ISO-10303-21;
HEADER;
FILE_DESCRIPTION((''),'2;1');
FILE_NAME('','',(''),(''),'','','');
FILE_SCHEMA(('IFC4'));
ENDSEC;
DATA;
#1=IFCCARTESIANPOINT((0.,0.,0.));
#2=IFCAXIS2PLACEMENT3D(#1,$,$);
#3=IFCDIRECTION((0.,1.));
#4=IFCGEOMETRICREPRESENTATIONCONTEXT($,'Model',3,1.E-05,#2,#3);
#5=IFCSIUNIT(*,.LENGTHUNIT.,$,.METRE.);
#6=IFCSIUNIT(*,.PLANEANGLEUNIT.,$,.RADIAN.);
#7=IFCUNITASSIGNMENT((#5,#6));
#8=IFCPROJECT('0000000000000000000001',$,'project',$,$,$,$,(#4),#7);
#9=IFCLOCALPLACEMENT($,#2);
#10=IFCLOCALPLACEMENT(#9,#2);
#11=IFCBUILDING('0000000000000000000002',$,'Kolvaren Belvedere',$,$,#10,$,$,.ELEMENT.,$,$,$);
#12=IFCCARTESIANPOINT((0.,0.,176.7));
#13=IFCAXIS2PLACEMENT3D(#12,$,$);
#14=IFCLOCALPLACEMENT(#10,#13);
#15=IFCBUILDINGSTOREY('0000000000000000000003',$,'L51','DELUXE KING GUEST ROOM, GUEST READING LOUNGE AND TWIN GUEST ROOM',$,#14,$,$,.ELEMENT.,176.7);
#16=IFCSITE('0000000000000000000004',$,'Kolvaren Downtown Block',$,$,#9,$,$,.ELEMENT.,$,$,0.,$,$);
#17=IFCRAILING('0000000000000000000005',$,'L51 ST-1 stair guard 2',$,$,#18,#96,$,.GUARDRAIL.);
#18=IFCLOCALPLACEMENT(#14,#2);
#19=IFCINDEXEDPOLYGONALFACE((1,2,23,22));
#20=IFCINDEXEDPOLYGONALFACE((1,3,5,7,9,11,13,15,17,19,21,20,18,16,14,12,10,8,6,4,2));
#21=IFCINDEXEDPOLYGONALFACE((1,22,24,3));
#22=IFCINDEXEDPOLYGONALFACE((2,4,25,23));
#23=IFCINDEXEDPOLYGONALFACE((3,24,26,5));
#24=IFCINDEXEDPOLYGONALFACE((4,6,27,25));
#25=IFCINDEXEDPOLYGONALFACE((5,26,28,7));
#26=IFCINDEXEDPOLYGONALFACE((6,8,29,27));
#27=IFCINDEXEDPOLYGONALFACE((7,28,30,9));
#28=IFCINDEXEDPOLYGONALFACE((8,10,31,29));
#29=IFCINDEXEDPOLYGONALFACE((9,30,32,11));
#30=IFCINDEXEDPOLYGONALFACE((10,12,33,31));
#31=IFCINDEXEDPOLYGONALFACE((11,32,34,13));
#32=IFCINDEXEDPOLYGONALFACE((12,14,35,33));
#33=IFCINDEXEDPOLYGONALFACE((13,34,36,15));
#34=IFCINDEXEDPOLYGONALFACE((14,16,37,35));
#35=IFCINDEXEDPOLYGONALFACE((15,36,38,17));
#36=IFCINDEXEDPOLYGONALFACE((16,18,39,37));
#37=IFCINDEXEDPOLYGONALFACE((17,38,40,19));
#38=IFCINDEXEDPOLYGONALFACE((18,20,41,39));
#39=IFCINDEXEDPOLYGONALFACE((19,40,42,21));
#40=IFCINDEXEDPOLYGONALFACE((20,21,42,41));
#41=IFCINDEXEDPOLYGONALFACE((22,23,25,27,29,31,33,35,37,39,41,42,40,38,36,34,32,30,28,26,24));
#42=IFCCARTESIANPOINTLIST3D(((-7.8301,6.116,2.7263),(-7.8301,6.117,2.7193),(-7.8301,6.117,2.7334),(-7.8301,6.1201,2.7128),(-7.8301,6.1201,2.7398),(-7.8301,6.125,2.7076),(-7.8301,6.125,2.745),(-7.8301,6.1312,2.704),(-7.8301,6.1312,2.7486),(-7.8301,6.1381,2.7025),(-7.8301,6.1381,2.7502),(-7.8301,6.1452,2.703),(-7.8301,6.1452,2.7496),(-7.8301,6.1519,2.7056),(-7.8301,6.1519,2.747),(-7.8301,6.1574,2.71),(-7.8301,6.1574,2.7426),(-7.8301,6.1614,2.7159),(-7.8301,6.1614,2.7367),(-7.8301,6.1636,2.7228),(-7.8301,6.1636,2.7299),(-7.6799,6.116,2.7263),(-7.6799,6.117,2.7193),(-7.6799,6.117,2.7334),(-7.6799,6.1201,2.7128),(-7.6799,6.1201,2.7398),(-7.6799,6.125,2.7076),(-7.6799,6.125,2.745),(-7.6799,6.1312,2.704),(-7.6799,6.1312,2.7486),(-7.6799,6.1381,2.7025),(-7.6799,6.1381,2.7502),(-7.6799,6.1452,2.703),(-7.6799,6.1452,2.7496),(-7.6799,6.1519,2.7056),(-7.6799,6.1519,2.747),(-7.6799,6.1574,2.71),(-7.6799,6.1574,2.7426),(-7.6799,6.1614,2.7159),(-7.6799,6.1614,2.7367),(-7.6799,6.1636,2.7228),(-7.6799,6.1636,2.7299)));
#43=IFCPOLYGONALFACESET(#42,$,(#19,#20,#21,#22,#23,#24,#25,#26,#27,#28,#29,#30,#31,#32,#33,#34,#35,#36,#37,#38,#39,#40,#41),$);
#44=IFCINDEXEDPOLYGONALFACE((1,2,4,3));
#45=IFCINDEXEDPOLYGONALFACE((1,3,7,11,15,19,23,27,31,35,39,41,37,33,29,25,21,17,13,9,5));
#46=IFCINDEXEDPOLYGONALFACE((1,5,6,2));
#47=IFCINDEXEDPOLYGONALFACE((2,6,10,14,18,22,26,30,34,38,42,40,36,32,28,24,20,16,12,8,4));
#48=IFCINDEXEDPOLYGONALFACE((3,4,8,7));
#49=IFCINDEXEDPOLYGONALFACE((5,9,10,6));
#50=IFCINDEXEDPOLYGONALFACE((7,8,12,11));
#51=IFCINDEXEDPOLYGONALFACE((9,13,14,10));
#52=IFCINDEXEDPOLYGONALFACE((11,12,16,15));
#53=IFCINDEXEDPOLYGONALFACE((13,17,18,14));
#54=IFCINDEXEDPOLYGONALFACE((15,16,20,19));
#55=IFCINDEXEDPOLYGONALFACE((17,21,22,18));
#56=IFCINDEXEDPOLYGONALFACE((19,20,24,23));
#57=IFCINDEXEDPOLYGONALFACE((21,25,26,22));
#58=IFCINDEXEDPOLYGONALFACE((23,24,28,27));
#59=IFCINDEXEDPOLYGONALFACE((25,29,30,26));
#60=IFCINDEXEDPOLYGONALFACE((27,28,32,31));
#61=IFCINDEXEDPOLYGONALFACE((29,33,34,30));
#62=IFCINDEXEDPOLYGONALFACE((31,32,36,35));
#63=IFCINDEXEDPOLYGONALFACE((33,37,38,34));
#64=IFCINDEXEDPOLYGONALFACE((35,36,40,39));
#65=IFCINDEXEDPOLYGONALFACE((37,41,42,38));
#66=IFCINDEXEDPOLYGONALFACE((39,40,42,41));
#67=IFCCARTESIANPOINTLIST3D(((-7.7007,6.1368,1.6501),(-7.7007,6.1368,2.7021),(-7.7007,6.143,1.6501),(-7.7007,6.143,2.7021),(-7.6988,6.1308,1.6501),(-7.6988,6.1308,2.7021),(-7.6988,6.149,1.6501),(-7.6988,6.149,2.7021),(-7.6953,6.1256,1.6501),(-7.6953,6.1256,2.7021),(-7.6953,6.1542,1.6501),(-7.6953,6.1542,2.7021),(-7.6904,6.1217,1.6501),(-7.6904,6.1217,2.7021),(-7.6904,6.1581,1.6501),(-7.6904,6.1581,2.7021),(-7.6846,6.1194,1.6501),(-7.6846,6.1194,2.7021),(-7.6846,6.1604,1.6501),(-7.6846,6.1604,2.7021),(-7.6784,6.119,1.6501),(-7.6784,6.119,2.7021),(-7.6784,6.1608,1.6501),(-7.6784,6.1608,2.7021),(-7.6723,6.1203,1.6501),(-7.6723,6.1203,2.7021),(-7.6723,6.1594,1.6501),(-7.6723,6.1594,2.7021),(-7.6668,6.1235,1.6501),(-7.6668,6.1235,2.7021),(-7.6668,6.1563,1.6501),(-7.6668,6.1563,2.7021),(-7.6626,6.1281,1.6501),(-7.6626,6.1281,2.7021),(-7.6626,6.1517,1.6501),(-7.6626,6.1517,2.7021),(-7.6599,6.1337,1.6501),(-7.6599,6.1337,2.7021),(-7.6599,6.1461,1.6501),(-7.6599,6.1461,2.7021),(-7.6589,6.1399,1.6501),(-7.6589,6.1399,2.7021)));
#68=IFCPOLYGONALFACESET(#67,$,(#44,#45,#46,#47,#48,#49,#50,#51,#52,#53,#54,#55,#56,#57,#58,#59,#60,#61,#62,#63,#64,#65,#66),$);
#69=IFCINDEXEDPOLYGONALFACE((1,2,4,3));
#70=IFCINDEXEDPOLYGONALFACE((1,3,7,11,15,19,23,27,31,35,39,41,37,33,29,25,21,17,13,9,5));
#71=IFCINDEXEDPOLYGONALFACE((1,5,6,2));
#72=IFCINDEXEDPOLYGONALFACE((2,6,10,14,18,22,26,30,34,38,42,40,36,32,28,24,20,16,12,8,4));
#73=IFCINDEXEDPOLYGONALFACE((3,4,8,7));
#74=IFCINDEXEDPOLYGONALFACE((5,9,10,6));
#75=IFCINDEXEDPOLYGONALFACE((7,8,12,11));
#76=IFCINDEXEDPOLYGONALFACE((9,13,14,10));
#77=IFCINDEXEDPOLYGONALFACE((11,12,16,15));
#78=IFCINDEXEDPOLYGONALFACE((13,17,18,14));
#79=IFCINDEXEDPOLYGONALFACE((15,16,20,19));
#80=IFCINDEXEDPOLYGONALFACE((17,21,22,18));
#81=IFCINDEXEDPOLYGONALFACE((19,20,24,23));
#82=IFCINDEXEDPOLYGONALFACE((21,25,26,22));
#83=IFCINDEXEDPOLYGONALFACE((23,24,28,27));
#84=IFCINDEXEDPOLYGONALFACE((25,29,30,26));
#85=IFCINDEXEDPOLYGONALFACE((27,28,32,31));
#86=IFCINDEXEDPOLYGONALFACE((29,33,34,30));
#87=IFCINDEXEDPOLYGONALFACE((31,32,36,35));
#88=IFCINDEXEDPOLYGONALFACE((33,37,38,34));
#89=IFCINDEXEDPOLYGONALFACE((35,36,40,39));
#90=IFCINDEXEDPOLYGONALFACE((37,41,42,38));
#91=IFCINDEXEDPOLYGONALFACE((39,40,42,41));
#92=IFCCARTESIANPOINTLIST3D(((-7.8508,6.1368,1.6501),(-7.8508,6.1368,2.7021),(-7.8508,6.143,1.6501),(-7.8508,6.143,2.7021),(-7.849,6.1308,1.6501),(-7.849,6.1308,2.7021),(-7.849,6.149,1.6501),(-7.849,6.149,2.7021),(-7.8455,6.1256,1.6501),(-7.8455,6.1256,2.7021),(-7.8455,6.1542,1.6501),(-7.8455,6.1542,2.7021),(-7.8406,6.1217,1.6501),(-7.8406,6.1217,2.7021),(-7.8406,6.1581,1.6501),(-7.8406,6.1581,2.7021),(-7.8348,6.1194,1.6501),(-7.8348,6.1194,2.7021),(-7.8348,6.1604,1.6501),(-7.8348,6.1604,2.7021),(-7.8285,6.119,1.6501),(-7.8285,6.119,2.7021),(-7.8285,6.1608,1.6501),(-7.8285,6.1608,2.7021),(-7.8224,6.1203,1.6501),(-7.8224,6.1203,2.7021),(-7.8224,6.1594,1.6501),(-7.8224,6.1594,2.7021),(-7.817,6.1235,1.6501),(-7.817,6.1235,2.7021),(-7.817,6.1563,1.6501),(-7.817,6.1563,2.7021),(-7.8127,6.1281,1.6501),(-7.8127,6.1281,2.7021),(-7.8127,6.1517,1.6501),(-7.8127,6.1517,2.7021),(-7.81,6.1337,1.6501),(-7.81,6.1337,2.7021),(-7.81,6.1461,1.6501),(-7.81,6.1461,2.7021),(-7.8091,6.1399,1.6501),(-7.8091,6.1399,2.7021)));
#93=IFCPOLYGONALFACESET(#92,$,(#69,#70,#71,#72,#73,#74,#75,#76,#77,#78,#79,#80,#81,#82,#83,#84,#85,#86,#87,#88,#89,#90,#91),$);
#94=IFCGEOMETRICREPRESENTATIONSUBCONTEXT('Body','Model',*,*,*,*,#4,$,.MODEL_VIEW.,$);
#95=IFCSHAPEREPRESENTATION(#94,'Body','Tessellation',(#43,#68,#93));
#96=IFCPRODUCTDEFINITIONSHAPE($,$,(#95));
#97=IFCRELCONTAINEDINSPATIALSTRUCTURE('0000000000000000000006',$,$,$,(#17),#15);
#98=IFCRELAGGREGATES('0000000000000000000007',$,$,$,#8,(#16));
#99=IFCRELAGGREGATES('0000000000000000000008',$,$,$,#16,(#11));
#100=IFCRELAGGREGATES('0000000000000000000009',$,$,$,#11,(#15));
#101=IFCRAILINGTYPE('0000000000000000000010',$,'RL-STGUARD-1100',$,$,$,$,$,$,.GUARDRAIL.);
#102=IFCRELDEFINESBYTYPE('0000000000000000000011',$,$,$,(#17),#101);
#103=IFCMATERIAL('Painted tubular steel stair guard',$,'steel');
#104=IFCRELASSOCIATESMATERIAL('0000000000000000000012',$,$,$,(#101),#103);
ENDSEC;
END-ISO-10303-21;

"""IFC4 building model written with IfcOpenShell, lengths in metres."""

from ifc_helpers import new_model, si_unit, direction, frame, origin, origin_2d, place, context, subcontext, project, spatial, circle, extrude, material, type_object, element, save


model = new_model("IFC4")

# Units and contexts
model_context = context("Model", 3, precision=1e-05, world=origin(), true_north=direction((0.0, 1.0)))
body_context = subcontext(model_context, "Body", "Model", "MODEL_VIEW")
ifc_project = project(units=[si_unit("LENGTHUNIT", "METRE"), si_unit("PLANEANGLEUNIT", "RADIAN")], contexts=[model_context])

# Site, building, storey
site_placement = place(None, origin())
site = spatial("IfcSite", under=ifc_project, at=site_placement, Name="Kolvaren Downtown Block", CompositionType="ELEMENT", RefElevation=0.0)
building_placement = place(site_placement, origin())
building = spatial("IfcBuilding", under=site, at=building_placement, Name="Kolvaren Belvedere", CompositionType="ELEMENT")
storey_placement = place(building_placement, frame((0.0, 0.0, 176.7)))
storey = spatial("IfcBuildingStorey", under=building, at=storey_placement, Name="L51", Description="DELUXE KING GUEST ROOM, GUEST READING LOUNGE AND TWIN GUEST ROOM", CompositionType="ELEMENT", Elevation=176.7)

# Railing
ifc_material_1 = material(Name="Painted tubular steel stair guard", Category="steel")
railing_type_1 = type_object("IfcRailingType", Name="RL-STGUARD-1100", PredefinedType="GUARDRAIL", material=ifc_material_1)
railing_1_placement = place(storey_placement, frame((-7.6799, 6.1399, 1.6501)))
element("IfcRailing", 1, at=railing_1_placement, inside=storey, type_object=railing_type_1, Name="L51 ST-1 stair guard 2", PredefinedType="GUARDRAIL", context=body_context, shape_type="SweptSolid", body=[
    extrude(circle(Radius=0.0239, at=origin_2d()), frame((0.0, 0.0, 1.0762), z_axis=(-1.0, 0.0, 0.0), x_axis=(0.0, -1.0, 0.0)), (0.0, 0.0, 1.0), 0.1501),
    extrude(circle(Radius=0.021, at=origin_2d()), origin(), (0.0, 0.0, 1.0), 1.052),
    extrude(circle(Radius=0.021, at=origin_2d()), frame((-0.1501, 0.0, 0.0)), (0.0, 0.0, 1.0), 1.052),
])

save(model, "model.ifc")
